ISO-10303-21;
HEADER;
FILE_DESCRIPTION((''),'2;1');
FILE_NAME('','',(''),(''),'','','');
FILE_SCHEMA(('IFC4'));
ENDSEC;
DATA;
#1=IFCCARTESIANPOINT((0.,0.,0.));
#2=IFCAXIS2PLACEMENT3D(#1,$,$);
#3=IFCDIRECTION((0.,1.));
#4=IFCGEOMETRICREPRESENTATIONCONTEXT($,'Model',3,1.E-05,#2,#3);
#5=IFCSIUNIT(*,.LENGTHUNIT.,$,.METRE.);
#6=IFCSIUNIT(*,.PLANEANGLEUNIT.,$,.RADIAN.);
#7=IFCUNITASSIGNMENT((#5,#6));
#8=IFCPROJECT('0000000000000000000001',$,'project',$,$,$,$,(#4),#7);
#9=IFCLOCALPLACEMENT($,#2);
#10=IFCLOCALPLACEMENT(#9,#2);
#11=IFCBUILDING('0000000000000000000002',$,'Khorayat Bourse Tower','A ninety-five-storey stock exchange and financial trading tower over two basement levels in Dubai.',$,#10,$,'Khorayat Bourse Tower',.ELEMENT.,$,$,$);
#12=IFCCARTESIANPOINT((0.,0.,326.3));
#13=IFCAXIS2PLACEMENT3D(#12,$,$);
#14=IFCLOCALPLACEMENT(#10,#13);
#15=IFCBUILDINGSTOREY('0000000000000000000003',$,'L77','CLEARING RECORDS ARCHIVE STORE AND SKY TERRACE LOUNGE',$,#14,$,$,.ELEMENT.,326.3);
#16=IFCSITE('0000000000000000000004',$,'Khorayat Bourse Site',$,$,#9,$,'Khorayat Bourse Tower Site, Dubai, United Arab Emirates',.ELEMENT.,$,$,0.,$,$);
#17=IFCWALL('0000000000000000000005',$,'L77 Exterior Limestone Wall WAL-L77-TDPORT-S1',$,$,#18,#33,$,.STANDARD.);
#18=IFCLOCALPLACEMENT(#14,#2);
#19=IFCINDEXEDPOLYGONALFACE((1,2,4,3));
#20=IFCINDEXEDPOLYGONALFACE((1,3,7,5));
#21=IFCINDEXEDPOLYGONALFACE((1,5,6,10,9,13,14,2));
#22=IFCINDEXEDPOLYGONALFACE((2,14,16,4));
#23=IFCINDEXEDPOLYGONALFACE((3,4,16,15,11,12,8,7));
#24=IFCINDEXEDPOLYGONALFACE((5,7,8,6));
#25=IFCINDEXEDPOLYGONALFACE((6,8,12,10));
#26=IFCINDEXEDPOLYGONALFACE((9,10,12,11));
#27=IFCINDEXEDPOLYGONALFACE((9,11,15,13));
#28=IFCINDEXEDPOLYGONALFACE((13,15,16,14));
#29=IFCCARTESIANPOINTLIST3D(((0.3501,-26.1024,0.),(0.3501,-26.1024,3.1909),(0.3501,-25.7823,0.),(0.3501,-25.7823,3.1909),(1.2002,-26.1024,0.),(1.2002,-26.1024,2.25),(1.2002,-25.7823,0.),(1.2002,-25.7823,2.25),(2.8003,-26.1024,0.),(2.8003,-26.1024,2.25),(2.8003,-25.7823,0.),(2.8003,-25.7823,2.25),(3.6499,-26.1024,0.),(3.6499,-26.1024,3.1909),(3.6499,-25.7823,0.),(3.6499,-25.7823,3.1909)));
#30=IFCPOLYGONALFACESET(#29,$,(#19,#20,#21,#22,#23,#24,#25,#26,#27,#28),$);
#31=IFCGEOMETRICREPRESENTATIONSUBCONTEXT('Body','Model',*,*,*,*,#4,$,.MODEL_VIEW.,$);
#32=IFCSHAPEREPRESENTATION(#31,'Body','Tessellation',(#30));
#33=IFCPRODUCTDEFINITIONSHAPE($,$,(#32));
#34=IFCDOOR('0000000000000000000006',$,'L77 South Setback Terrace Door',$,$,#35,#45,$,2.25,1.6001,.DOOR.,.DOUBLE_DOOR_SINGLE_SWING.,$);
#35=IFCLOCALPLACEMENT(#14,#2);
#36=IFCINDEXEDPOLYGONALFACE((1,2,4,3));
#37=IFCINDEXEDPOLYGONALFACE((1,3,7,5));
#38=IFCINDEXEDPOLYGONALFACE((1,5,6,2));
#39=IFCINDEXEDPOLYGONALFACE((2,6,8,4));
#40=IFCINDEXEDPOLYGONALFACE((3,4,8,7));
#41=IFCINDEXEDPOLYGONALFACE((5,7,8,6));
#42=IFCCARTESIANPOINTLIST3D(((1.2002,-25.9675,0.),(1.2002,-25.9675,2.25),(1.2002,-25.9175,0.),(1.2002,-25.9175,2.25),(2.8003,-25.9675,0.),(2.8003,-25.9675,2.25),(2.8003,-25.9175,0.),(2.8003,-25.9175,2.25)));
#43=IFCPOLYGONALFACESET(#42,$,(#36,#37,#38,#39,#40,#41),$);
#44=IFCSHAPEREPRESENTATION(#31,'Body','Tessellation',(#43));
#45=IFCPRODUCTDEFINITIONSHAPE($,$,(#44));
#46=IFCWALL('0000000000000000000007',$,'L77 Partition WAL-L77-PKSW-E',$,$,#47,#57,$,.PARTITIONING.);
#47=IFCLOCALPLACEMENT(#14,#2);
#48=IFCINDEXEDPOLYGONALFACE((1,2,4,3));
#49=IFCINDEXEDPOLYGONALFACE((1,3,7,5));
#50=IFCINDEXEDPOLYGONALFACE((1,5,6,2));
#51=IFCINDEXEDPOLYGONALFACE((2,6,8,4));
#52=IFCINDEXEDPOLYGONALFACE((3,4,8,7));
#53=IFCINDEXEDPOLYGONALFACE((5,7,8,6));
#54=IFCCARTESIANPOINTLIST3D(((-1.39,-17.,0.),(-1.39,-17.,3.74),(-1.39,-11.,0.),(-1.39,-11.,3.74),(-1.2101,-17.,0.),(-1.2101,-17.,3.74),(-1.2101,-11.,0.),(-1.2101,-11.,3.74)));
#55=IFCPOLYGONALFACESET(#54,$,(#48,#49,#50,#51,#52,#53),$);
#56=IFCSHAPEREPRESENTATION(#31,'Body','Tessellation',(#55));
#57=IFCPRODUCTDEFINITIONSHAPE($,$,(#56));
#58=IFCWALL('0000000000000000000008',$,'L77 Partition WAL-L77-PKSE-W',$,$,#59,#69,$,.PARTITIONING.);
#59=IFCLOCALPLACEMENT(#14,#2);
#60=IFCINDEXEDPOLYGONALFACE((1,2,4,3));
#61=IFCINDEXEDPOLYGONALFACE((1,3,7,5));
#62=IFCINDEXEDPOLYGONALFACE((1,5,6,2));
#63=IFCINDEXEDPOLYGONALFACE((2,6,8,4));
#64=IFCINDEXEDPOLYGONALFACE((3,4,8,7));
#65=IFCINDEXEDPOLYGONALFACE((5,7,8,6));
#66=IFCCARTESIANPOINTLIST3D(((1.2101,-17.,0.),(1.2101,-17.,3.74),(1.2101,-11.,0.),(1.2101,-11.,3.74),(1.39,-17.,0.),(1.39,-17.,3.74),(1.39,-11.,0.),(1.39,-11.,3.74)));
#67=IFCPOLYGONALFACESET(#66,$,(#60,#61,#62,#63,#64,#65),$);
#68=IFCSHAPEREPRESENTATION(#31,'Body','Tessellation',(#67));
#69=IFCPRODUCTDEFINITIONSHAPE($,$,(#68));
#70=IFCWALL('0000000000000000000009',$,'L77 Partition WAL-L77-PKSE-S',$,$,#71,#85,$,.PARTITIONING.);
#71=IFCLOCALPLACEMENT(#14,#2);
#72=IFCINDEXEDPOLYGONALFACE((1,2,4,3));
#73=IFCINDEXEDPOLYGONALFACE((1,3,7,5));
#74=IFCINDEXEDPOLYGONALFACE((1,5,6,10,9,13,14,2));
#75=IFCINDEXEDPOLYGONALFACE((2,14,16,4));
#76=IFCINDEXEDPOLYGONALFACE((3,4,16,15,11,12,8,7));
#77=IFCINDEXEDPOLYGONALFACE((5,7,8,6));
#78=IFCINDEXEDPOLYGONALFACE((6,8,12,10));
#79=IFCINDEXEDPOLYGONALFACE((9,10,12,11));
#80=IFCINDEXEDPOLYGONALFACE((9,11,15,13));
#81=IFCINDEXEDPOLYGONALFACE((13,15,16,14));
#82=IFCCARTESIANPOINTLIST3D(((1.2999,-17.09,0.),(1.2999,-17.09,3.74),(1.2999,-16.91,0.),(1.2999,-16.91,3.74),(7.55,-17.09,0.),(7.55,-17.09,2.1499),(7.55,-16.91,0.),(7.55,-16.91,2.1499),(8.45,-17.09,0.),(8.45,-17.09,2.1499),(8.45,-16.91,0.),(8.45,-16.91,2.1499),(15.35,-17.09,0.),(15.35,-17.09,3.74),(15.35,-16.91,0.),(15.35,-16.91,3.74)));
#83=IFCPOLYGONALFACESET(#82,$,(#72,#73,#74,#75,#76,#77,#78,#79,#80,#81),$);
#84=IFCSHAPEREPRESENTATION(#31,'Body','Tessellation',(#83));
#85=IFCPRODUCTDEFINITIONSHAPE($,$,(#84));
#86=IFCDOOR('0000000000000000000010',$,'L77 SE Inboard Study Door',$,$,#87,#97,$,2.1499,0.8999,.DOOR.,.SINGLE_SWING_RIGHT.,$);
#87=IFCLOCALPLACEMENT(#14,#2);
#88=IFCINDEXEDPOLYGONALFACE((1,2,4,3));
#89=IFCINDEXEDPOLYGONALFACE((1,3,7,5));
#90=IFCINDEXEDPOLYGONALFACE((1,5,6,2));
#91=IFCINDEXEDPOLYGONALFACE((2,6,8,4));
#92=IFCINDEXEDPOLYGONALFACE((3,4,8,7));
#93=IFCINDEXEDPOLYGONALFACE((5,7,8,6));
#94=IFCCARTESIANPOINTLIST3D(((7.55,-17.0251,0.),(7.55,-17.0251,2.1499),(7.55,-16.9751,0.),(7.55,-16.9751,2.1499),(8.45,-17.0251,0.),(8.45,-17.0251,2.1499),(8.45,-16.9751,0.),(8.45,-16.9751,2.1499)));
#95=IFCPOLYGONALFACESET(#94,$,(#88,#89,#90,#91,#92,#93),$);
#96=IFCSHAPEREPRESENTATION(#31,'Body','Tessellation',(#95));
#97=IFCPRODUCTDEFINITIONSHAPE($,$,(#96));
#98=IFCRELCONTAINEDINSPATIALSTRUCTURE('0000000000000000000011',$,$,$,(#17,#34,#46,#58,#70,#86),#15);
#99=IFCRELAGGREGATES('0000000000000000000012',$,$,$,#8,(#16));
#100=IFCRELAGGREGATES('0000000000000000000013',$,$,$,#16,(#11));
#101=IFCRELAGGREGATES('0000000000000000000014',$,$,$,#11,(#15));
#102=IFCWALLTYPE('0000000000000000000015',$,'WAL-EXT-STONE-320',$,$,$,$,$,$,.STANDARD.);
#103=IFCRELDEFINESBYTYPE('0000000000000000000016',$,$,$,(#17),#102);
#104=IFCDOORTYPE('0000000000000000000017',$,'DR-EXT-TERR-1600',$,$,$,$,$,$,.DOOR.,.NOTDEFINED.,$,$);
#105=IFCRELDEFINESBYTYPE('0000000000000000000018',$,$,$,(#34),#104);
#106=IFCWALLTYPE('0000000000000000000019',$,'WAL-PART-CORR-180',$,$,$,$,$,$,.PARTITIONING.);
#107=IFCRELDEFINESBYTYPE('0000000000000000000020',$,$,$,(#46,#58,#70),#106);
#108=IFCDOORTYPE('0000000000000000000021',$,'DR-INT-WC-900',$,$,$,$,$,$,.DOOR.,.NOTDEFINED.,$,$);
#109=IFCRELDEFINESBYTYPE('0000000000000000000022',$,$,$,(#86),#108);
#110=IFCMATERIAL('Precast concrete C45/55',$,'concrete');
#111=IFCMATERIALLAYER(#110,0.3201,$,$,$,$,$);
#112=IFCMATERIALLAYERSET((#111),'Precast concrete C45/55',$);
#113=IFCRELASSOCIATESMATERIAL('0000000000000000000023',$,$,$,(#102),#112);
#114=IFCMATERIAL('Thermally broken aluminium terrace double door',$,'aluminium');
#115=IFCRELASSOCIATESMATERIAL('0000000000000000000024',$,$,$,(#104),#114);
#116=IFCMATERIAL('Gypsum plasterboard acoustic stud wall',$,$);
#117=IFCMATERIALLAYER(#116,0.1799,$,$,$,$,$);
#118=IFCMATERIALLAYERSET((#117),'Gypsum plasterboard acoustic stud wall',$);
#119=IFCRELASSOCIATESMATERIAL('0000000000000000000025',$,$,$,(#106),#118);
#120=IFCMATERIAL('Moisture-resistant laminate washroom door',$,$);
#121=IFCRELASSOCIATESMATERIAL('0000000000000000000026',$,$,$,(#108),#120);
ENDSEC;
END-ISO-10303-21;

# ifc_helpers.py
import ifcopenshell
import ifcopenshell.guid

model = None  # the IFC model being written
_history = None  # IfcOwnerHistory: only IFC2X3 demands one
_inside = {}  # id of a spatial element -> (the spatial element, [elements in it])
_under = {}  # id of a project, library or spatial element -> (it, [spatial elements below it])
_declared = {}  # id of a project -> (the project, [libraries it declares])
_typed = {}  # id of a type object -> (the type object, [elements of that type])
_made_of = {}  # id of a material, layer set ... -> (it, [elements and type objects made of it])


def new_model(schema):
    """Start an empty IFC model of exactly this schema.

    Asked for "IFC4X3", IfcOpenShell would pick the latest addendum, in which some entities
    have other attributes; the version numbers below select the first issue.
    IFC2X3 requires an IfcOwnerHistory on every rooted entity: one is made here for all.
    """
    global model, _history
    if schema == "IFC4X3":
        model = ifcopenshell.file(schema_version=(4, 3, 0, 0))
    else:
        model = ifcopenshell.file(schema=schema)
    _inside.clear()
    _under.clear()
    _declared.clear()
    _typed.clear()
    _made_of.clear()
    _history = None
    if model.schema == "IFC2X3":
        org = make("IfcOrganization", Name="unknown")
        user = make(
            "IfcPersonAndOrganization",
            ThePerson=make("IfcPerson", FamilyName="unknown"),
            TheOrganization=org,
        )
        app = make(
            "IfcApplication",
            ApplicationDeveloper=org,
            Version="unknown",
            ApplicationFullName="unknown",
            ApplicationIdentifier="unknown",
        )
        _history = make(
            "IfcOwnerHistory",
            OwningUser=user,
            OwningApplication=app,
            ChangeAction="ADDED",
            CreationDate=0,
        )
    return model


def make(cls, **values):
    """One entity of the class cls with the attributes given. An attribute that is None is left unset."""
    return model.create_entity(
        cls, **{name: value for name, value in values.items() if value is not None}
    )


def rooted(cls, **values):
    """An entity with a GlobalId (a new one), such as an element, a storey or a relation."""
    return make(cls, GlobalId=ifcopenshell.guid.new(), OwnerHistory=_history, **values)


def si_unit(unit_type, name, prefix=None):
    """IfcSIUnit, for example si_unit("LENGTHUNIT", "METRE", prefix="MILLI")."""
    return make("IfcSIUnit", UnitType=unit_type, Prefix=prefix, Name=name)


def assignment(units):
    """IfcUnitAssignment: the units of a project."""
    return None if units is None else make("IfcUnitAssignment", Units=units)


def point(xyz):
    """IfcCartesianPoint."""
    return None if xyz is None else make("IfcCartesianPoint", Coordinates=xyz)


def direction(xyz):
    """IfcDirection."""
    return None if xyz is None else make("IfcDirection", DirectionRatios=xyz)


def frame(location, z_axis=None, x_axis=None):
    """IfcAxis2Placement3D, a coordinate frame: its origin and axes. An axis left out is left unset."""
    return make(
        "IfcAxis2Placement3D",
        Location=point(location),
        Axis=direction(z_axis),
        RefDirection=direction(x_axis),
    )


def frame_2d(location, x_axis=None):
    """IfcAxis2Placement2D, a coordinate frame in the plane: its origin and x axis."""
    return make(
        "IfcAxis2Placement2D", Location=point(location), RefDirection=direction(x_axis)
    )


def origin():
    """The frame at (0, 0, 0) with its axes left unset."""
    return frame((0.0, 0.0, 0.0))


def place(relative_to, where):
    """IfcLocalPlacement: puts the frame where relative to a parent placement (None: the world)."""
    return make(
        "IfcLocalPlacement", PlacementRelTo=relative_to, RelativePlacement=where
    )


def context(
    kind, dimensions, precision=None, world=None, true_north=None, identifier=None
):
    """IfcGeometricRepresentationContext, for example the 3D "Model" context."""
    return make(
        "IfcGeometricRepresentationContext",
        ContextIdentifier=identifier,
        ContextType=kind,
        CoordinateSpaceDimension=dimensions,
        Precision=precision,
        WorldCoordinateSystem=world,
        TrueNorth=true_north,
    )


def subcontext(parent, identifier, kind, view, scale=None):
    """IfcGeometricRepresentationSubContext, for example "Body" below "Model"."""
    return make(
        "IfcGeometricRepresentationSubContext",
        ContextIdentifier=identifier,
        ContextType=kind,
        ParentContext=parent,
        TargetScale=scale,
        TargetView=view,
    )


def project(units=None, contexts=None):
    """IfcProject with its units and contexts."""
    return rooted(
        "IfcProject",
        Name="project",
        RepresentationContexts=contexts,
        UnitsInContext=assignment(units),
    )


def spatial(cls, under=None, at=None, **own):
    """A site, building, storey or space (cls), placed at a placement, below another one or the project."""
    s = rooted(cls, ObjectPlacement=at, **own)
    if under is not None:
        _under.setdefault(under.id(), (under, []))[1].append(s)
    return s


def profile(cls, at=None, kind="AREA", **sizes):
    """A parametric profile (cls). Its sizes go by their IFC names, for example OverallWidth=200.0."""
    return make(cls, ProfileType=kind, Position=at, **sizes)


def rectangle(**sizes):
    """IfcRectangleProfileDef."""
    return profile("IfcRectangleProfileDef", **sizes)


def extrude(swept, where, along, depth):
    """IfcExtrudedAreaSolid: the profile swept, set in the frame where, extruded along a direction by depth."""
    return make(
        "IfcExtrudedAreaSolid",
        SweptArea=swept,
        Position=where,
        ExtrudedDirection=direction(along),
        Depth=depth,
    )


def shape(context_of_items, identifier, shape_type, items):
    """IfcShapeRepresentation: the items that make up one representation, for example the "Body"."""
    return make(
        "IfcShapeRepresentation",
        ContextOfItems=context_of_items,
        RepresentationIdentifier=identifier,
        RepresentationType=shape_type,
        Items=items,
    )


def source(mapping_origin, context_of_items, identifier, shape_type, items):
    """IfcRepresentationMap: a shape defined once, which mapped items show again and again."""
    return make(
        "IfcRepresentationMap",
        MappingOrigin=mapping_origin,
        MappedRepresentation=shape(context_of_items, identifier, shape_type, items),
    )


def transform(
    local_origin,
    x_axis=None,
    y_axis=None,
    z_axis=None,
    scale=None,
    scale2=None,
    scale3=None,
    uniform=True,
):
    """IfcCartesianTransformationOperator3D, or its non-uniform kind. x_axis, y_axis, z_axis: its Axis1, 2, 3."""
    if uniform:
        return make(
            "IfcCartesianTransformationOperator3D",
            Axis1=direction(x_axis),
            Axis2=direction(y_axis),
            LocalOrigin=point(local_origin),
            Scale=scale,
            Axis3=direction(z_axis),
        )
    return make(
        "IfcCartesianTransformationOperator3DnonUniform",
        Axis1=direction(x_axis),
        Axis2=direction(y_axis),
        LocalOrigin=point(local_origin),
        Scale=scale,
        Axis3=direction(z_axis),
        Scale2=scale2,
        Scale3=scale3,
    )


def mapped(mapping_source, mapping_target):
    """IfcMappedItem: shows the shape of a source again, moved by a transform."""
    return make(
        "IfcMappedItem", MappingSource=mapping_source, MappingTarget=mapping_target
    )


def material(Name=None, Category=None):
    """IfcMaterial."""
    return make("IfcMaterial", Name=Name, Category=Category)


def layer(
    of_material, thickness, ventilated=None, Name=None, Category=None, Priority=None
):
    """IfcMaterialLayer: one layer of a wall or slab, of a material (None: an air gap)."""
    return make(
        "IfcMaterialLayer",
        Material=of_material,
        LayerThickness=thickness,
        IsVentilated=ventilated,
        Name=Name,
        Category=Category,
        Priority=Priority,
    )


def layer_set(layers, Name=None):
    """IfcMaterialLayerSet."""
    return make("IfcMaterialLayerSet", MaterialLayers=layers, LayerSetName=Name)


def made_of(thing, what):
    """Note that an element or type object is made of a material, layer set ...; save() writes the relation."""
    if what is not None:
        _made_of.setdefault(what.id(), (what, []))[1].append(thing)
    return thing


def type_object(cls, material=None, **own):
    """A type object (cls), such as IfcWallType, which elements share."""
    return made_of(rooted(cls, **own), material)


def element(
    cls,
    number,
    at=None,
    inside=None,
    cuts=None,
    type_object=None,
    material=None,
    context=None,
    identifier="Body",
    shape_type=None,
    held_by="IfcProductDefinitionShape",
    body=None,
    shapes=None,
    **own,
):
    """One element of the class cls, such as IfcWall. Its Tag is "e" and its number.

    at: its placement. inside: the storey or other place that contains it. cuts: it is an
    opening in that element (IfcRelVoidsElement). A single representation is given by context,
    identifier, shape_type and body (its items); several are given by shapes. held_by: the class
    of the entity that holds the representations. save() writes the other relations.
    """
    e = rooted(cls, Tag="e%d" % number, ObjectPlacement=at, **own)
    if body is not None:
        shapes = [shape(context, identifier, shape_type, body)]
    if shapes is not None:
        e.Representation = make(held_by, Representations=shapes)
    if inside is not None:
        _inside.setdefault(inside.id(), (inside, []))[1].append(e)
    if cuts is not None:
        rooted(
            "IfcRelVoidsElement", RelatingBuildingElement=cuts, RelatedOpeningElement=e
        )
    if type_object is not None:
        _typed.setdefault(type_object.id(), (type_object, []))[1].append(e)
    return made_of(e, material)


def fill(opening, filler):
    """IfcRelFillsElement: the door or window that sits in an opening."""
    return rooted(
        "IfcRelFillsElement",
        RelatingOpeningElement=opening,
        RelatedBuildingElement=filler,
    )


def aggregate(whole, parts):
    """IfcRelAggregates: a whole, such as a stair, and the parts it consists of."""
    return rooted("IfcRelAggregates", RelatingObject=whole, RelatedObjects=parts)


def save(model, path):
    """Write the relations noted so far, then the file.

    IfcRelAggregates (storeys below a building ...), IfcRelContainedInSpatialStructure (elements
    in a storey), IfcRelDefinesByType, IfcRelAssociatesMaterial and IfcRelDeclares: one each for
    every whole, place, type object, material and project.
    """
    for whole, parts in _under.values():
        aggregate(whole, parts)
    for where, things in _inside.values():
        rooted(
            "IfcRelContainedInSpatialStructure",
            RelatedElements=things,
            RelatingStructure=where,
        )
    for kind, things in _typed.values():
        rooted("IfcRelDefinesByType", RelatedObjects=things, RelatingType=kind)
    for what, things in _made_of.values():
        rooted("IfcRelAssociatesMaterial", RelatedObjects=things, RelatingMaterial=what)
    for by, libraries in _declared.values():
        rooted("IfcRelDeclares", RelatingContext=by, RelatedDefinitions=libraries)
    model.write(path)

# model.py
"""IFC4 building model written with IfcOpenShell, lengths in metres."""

from ifc_helpers import new_model, si_unit, direction, frame, frame_2d, origin, place, context, subcontext, project, spatial, rectangle, extrude, source, transform, mapped, material, layer, layer_set, type_object, element, fill, save


model = new_model("IFC4")

# Units and contexts
model_context = context("Model", 3, precision=1e-05, world=origin(), true_north=direction((0.0, 1.0)))
body_context = subcontext(model_context, "Body", "Model", "MODEL_VIEW")
ifc_project = project(units=[si_unit("LENGTHUNIT", "METRE"), si_unit("PLANEANGLEUNIT", "RADIAN")], contexts=[model_context])

# Site, building, storey
site_placement = place(None, origin())
site = spatial("IfcSite", under=ifc_project, at=site_placement, Name="Khorayat Bourse Site", LongName="Khorayat Bourse Tower Site, Dubai, United Arab Emirates", CompositionType="ELEMENT", RefElevation=0.0)
building_placement = place(site_placement, origin())
building = spatial("IfcBuilding", under=site, at=building_placement, Name="Khorayat Bourse Tower", Description="A ninety-five-storey stock exchange and financial trading tower over two basement levels in Dubai.", LongName="Khorayat Bourse Tower", CompositionType="ELEMENT")
storey_placement = place(building_placement, frame((0.0, 0.0, 326.3)))
storey = spatial("IfcBuildingStorey", under=building, at=storey_placement, Name="L77", Description="CLEARING RECORDS ARCHIVE STORE AND SKY TERRACE LOUNGE", CompositionType="ELEMENT", Elevation=326.3)

# Wall, opening, door
ifc_material_1 = material(Name="Precast concrete C45/55", Category="concrete")
ifc_layer_1 = layer(ifc_material_1, 0.3201)
ifc_layer_set_1 = layer_set([ifc_layer_1], Name="Precast concrete C45/55")
wall_type_1 = type_object("IfcWallType", Name="WAL-EXT-STONE-320", PredefinedType="STANDARD", material=ifc_layer_set_1)
shared_shape_1 = source(origin(), body_context, "Body", "SweptSolid", [
    extrude(rectangle(XDim=3.2998, YDim=0.3201, at=frame_2d((1.6499, 0.0))), origin(), (0.0, 0.0, 1.0), 3.1909),
])
wall_1_placement = place(storey_placement, frame((0.3501, -25.9424, 0.0), z_axis=(0.0, 0.0, 1.0), x_axis=(1.0, 0.0, 0.0)))
wall_1 = element("IfcWall", 1, at=wall_1_placement, inside=storey, type_object=wall_type_1, Name="L77 Exterior Limestone Wall WAL-L77-TDPORT-S1", PredefinedType="STANDARD", context=body_context, shape_type="MappedRepresentation", body=[
    mapped(shared_shape_1, transform((0.0, 0.0, 0.0), scale=1.0)),
])
shared_shape_2 = source(origin(), body_context, "Body", "SweptSolid", [
    extrude(rectangle(XDim=1.6001, YDim=2.25, at=frame_2d((0.8, 1.125))), frame((0.0, 0.1699, 0.0), z_axis=(0.0, -1.0, 0.0), x_axis=(1.0, 0.0, 0.0)), (0.0, 0.0, 1.0), 0.3401),
])
opening_1_placement = place(wall_1_placement, frame((0.8501, 0.0, 0.0)))
opening_1 = element("IfcOpeningElement", 2, at=opening_1_placement, cuts=wall_1, PredefinedType="OPENING", context=body_context, shape_type="MappedRepresentation", body=[
    mapped(shared_shape_2, transform((0.0, 0.0, 0.0), scale=1.0)),
])
ifc_material_2 = material(Name="Thermally broken aluminium terrace double door", Category="aluminium")
door_type_1 = type_object("IfcDoorType", Name="DR-EXT-TERR-1600", OperationType="NOTDEFINED", PredefinedType="DOOR", material=ifc_material_2)
shared_shape_3 = source(origin(), body_context, "Body", "SweptSolid", [
    extrude(rectangle(XDim=1.6001, YDim=2.25, at=frame_2d((0.8, 1.125))), frame((0.0, 0.0249, 0.0), z_axis=(0.0, -1.0, 0.0), x_axis=(1.0, 0.0, 0.0)), (0.0, 0.0, 1.0), 0.05),
])
door_1_placement = place(opening_1_placement, origin())
door_1 = element("IfcDoor", 3, at=door_1_placement, inside=storey, type_object=door_type_1, Name="L77 South Setback Terrace Door", OperationType="DOUBLE_DOOR_SINGLE_SWING", OverallHeight=2.25, OverallWidth=1.6001, PredefinedType="DOOR", context=body_context, shape_type="MappedRepresentation", body=[
    mapped(shared_shape_3, transform((0.0, 0.0, 0.0), scale=1.0)),
])
fill(opening_1, door_1)

# Walls
ifc_material_3 = material(Name="Gypsum plasterboard acoustic stud wall")
ifc_layer_2 = layer(ifc_material_3, 0.1799)
ifc_layer_set_2 = layer_set([ifc_layer_2], Name="Gypsum plasterboard acoustic stud wall")
wall_type_2 = type_object("IfcWallType", Name="WAL-PART-CORR-180", PredefinedType="PARTITIONING", material=ifc_layer_set_2)
shared_shape_4 = source(origin(), body_context, "Body", "SweptSolid", [
    extrude(rectangle(XDim=6.0, YDim=0.1799, at=frame_2d((3.0, 0.0))), origin(), (0.0, 0.0, 1.0), 3.74),
])
for number, where, z_axis, x_axis, name in (
    (4, (-1.3, -17.0, 0.0), (0.0, 0.0, 1.0), (0.0, 1.0, 0.0), "L77 Partition WAL-L77-PKSW-E"),
    (5, (1.3, -17.0, 0.0), (0.0, 0.0, 1.0), (0.0, 1.0, 0.0), "L77 Partition WAL-L77-PKSE-W"),
):
    element("IfcWall", number, at=place(storey_placement, frame(where, z_axis=z_axis, x_axis=x_axis)), inside=storey, type_object=wall_type_2, Name=name, PredefinedType="PARTITIONING", context=body_context, shape_type="MappedRepresentation", body=[
        mapped(shared_shape_4, transform((0.0, 0.0, 0.0), scale=1.0)),
    ])

# Wall, opening, door
shared_shape_5 = source(origin(), body_context, "Body", "SweptSolid", [
    extrude(rectangle(XDim=14.05, YDim=0.1799, at=frame_2d((7.0249, 0.0))), origin(), (0.0, 0.0, 1.0), 3.74),
])
wall_2_placement = place(storey_placement, frame((1.3, -17.0, 0.0), z_axis=(0.0, 0.0, 1.0), x_axis=(1.0, 0.0, 0.0)))
wall_2 = element("IfcWall", 6, at=wall_2_placement, inside=storey, type_object=wall_type_2, Name="L77 Partition WAL-L77-PKSE-S", PredefinedType="PARTITIONING", context=body_context, shape_type="MappedRepresentation", body=[
    mapped(shared_shape_5, transform((0.0, 0.0, 0.0), scale=1.0)),
])
shared_shape_6 = source(origin(), body_context, "Body", "SweptSolid", [
    extrude(rectangle(XDim=0.8999, YDim=2.1499, at=frame_2d((0.45, 1.075))), frame((0.0, 0.0999, 0.0), z_axis=(0.0, -1.0, 0.0), x_axis=(1.0, 0.0, 0.0)), (0.0, 0.0, 1.0), 0.2),
])
opening_2_placement = place(wall_2_placement, frame((6.25, 0.0, 0.0)))
opening_2 = element("IfcOpeningElement", 7, at=opening_2_placement, cuts=wall_2, PredefinedType="OPENING", context=body_context, shape_type="MappedRepresentation", body=[
    mapped(shared_shape_6, transform((0.0, 0.0, 0.0), scale=1.0)),
])
ifc_material_4 = material(Name="Moisture-resistant laminate washroom door")
door_type_2 = type_object("IfcDoorType", Name="DR-INT-WC-900", OperationType="NOTDEFINED", PredefinedType="DOOR", material=ifc_material_4)
shared_shape_7 = source(origin(), body_context, "Body", "SweptSolid", [
    extrude(rectangle(XDim=0.8999, YDim=2.1499, at=frame_2d((0.45, 1.075))), frame((0.0, 0.0249, 0.0), z_axis=(0.0, -1.0, 0.0), x_axis=(1.0, 0.0, 0.0)), (0.0, 0.0, 1.0), 0.05),
])
door_2_placement = place(opening_2_placement, origin())
door_2 = element("IfcDoor", 8, at=door_2_placement, inside=storey, type_object=door_type_2, Name="L77 SE Inboard Study Door", OperationType="SINGLE_SWING_RIGHT", OverallHeight=2.1499, OverallWidth=0.8999, PredefinedType="DOOR", context=body_context, shape_type="MappedRepresentation", body=[
    mapped(shared_shape_7, transform((0.0, 0.0, 0.0), scale=1.0)),
])
fill(opening_2, door_2)

save(model, "model.ifc")
